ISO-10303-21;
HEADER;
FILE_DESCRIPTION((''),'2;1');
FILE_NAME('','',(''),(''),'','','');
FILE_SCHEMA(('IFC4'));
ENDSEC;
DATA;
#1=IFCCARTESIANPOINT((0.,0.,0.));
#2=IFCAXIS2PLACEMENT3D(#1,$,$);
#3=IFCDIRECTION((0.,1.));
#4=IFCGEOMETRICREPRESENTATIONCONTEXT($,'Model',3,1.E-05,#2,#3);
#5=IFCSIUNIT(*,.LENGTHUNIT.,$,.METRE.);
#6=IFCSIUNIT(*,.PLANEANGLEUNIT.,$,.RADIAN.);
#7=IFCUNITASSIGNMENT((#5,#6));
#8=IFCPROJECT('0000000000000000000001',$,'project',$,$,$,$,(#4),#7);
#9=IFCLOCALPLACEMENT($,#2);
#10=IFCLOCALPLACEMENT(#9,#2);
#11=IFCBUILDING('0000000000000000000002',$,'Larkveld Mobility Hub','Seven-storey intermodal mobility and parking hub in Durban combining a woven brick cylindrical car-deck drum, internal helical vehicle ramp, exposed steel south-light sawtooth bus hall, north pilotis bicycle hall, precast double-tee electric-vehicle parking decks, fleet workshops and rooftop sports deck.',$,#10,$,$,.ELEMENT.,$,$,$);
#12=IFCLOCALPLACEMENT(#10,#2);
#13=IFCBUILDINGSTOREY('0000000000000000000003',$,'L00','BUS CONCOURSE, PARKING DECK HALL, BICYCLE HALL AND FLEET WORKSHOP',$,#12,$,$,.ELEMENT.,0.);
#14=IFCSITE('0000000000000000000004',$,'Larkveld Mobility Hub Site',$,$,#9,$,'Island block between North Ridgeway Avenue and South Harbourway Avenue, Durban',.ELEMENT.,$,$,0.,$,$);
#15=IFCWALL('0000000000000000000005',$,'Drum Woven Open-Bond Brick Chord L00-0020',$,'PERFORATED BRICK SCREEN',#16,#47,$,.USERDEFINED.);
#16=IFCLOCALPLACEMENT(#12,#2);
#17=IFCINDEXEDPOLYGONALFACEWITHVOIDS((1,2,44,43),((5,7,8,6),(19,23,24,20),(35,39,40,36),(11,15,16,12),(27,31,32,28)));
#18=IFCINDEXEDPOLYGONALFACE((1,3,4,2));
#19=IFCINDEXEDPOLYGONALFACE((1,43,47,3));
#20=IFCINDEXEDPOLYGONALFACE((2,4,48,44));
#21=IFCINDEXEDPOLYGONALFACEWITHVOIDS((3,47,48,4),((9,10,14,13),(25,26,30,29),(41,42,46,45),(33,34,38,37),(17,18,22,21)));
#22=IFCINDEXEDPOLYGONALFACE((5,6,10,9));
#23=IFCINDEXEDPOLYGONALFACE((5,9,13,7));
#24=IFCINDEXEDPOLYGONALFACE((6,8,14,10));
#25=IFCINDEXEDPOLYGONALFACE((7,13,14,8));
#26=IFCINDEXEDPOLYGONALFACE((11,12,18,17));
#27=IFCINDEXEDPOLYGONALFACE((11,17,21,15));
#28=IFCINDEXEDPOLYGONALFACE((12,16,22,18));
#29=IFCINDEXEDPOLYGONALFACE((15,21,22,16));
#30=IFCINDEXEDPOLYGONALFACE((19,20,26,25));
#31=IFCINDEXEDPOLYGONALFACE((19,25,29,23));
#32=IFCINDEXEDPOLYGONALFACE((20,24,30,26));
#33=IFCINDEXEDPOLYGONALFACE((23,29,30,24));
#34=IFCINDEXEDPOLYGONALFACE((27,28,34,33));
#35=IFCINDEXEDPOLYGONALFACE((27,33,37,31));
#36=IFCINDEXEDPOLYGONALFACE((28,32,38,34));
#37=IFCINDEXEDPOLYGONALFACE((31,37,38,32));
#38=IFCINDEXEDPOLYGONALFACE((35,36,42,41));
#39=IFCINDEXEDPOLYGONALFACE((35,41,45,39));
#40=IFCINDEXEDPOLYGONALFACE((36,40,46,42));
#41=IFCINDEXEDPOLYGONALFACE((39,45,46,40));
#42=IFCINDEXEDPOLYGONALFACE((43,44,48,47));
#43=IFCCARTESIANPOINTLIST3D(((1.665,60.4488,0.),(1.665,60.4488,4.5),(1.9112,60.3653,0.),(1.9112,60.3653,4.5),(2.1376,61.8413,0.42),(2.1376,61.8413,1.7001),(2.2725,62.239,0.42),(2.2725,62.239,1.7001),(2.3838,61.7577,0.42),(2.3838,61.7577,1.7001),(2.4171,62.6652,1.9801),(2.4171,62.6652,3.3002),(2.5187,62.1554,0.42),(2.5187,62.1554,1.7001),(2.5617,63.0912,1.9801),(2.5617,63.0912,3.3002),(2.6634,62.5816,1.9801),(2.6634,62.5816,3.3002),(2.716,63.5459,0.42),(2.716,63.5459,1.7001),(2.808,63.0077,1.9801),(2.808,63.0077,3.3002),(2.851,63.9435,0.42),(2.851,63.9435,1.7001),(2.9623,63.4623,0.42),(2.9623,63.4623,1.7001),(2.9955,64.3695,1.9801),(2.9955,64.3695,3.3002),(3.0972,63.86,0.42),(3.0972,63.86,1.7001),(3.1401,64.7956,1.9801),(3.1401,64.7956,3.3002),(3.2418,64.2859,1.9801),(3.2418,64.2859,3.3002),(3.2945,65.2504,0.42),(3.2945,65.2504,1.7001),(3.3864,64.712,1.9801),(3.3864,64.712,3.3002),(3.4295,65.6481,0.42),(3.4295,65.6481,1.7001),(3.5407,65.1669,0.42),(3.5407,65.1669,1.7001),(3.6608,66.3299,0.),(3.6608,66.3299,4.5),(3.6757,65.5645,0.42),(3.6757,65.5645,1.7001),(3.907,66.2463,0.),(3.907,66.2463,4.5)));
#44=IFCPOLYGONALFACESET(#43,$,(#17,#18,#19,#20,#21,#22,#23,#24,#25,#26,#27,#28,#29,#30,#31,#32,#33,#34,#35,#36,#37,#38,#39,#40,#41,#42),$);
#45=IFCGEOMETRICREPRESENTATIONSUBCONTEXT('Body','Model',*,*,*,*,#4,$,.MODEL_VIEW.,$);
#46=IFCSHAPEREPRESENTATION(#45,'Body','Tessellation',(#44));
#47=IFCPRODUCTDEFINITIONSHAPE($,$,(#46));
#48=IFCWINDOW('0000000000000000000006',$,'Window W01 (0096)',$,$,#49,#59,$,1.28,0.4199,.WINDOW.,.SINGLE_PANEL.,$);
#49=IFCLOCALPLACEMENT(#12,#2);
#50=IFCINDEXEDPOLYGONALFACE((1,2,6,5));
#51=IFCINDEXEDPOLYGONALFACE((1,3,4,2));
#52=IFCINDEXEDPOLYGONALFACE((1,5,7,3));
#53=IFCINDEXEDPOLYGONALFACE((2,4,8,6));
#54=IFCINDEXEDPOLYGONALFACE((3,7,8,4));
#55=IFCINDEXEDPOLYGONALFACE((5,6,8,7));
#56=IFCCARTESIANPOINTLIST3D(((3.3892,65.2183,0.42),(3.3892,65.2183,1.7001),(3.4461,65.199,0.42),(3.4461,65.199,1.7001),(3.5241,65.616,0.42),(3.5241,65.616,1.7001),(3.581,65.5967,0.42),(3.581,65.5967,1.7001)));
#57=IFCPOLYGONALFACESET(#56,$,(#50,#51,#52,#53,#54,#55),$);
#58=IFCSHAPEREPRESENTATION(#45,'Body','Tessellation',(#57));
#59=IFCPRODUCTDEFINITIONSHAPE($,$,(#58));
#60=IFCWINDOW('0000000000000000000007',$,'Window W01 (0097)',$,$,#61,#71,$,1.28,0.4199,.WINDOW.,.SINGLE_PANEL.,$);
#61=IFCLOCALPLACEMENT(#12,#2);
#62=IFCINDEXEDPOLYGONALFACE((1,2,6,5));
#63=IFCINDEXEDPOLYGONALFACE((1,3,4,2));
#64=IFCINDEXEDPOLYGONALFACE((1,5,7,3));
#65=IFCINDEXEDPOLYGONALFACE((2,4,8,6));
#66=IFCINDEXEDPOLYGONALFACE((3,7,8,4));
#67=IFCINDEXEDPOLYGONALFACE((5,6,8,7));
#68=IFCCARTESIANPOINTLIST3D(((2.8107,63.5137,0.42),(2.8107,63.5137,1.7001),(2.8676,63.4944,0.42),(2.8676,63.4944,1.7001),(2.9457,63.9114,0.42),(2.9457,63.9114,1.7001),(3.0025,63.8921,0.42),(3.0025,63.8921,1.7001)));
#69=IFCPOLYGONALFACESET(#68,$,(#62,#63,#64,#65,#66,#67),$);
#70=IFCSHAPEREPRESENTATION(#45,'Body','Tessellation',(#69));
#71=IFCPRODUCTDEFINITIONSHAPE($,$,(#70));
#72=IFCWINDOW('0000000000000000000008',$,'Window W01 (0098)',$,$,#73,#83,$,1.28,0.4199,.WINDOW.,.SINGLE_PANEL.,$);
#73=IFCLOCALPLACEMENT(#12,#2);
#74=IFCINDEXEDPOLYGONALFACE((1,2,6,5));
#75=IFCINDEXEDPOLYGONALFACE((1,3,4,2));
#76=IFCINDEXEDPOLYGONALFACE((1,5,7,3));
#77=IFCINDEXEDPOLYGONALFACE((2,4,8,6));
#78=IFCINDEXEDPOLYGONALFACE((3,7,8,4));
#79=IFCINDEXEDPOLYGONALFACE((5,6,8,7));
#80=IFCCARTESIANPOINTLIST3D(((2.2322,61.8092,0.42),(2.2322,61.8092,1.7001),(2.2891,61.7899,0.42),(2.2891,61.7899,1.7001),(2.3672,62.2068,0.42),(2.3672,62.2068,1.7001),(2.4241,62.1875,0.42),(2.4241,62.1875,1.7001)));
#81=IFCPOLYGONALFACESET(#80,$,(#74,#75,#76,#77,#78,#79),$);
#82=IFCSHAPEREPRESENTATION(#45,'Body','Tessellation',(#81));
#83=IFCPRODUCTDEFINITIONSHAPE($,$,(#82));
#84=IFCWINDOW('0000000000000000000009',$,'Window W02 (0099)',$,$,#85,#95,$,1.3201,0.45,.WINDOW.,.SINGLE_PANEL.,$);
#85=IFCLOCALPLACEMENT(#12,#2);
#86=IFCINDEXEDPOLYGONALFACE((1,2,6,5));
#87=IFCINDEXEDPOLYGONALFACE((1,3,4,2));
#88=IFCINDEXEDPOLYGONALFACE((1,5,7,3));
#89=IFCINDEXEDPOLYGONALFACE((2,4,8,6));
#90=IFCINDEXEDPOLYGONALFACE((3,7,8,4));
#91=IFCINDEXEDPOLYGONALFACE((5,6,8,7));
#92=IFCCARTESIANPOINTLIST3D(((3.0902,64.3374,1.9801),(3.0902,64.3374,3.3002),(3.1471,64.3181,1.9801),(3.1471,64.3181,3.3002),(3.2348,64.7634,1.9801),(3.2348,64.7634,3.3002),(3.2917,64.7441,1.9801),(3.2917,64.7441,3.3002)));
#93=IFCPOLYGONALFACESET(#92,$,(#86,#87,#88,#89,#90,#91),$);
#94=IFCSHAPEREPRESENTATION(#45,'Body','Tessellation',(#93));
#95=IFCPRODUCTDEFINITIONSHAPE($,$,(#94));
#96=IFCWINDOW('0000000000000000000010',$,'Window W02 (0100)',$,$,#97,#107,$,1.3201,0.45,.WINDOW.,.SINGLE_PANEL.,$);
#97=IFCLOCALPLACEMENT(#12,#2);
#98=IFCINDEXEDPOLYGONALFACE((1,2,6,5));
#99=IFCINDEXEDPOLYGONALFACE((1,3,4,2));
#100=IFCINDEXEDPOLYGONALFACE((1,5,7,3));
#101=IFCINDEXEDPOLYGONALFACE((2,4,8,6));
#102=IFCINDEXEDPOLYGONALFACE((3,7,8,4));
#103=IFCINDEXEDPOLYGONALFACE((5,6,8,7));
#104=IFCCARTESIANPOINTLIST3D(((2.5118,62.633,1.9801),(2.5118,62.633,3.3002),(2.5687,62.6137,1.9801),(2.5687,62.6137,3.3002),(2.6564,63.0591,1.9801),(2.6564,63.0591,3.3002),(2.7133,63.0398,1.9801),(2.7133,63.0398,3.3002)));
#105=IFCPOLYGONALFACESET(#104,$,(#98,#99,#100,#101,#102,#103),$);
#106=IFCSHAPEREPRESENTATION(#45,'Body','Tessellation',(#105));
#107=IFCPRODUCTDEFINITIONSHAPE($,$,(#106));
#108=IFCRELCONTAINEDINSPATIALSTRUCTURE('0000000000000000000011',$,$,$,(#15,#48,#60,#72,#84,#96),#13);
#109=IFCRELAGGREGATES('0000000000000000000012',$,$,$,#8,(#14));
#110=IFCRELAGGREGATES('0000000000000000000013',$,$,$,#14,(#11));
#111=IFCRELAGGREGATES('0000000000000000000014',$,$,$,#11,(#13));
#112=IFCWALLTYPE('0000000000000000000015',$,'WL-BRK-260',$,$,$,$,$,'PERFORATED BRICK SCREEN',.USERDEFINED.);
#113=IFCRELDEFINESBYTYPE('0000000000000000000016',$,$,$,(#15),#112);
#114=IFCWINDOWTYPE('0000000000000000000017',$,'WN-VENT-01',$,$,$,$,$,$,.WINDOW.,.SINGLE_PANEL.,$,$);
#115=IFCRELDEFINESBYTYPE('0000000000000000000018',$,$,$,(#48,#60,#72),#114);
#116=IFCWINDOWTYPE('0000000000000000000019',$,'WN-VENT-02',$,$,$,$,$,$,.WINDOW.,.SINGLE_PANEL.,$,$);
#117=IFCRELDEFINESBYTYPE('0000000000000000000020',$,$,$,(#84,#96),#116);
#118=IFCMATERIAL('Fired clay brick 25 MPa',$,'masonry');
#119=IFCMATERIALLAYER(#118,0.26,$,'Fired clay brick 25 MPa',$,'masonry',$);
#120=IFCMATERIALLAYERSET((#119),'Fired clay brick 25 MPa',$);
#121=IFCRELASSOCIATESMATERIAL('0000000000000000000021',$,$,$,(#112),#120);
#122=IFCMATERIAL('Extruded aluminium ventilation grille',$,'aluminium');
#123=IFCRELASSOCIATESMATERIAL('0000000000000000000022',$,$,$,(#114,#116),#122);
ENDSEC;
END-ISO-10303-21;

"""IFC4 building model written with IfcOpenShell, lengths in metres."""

from ifc_helpers import new_model, si_unit, direction, frame, frame_2d, origin, place, context, subcontext, project, spatial, rectangle, extrude, material, layer, layer_set, type_object, element, fill, save


model = new_model("IFC4")

# Units and contexts
model_context = context("Model", 3, precision=1e-05, world=origin(), true_north=direction((0.0, 1.0)))
body_context = subcontext(model_context, "Body", "Model", "MODEL_VIEW")
ifc_project = project(units=[si_unit("LENGTHUNIT", "METRE"), si_unit("PLANEANGLEUNIT", "RADIAN")], contexts=[model_context])

# Site, building, storey
site_placement = place(None, origin())
site = spatial("IfcSite", under=ifc_project, at=site_placement, Name="Larkveld Mobility Hub Site", LongName="Island block between North Ridgeway Avenue and South Harbourway Avenue, Durban", CompositionType="ELEMENT", RefElevation=0.0)
building_placement = place(site_placement, origin())
building = spatial("IfcBuilding", under=site, at=building_placement, Name="Larkveld Mobility Hub", Description="Seven-storey intermodal mobility and parking hub in Durban combining a woven brick cylindrical car-deck drum, internal helical vehicle ramp, exposed steel south-light sawtooth bus hall, north pilotis bicycle hall, precast double-tee electric-vehicle parking decks, fleet workshops and rooftop sports deck.", CompositionType="ELEMENT")
storey_placement = place(building_placement, origin())
storey = spatial("IfcBuildingStorey", under=building, at=storey_placement, Name="L00", Description="BUS CONCOURSE, PARKING DECK HALL, BICYCLE HALL AND FLEET WORKSHOP", CompositionType="ELEMENT", Elevation=0.0)

# Wall, openings, windows
ifc_material_1 = material(Name="Fired clay brick 25 MPa", Category="masonry")
ifc_layer = layer(ifc_material_1, 0.26, Name="Fired clay brick 25 MPa", Category="masonry")
ifc_layer_set = layer_set([ifc_layer], Name="Fired clay brick 25 MPa")
wall_type = type_object("IfcWallType", Name="WL-BRK-260", ElementType="PERFORATED BRICK SCREEN", PredefinedType="USERDEFINED", material=ifc_layer_set)
wall_placement = place(storey_placement, frame((3.7839, 66.2881, 0.0), z_axis=(0.0, 0.0, 1.0), x_axis=(-0.321365, -0.946955, 0.0)))
wall = element("IfcWall", 1, at=wall_placement, inside=storey, type_object=wall_type, Name="Drum Woven Open-Bond Brick Chord L00-0020", ObjectType="PERFORATED BRICK SCREEN", PredefinedType="USERDEFINED", context=body_context, shape_type="SweptSolid", body=[
    extrude(rectangle(XDim=6.2104, YDim=0.26, at=frame_2d((3.1052, 0.0))), origin(), (0.0, 0.0, 1.0), 4.5),
])
opening_1_placement = place(wall_placement, frame((0.72, 0.0, 0.4199)))
opening_1 = element("IfcOpeningElement", 2, at=opening_1_placement, cuts=wall, PredefinedType="OPENING", context=body_context, shape_type="SweptSolid", body=[
    extrude(rectangle(XDim=0.4199, YDim=1.28, at=frame_2d((0.21, 0.6401))), frame((0.0, 0.1401, 0.0), z_axis=(0.0, -1.0, 0.0), x_axis=(1.0, 0.0, 0.0)), (0.0, 0.0, 1.0), 0.28),
])
opening_2_placement = place(wall_placement, frame((2.52, 0.0, 0.4199)))
opening_2 = element("IfcOpeningElement", 3, at=opening_2_placement, cuts=wall, PredefinedType="OPENING", context=body_context, shape_type="SweptSolid", body=[
    extrude(rectangle(XDim=0.4199, YDim=1.28, at=frame_2d((0.21, 0.6401))), frame((0.0, 0.1401, 0.0), z_axis=(0.0, -1.0, 0.0), x_axis=(1.0, 0.0, 0.0)), (0.0, 0.0, 1.0), 0.28),
])
opening_3_placement = place(wall_placement, frame((4.3201, 0.0, 0.4199)))
opening_3 = element("IfcOpeningElement", 4, at=opening_3_placement, cuts=wall, PredefinedType="OPENING", context=body_context, shape_type="SweptSolid", body=[
    extrude(rectangle(XDim=0.4199, YDim=1.28, at=frame_2d((0.21, 0.6401))), frame((0.0, 0.1401, 0.0), z_axis=(0.0, -1.0, 0.0), x_axis=(1.0, 0.0, 0.0)), (0.0, 0.0, 1.0), 0.28),
])
opening_4_placement = place(wall_placement, frame((1.6201, 0.0, 1.98)))
opening_4 = element("IfcOpeningElement", 5, at=opening_4_placement, cuts=wall, PredefinedType="OPENING", context=body_context, shape_type="SweptSolid", body=[
    extrude(rectangle(XDim=0.45, YDim=1.3201, at=frame_2d((0.2251, 0.6602))), frame((0.0, 0.1401, 0.0), z_axis=(0.0, -1.0, 0.0), x_axis=(1.0, 0.0, 0.0)), (0.0, 0.0, 1.0), 0.28),
])
opening_5_placement = place(wall_placement, frame((3.4199, 0.0, 1.98)))
opening_5 = element("IfcOpeningElement", 6, at=opening_5_placement, cuts=wall, PredefinedType="OPENING", context=body_context, shape_type="SweptSolid", body=[
    extrude(rectangle(XDim=0.45, YDim=1.3201, at=frame_2d((0.2251, 0.6602))), frame((0.0, 0.1401, 0.0), z_axis=(0.0, -1.0, 0.0), x_axis=(1.0, 0.0, 0.0)), (0.0, 0.0, 1.0), 0.28),
])
ifc_material_2 = material(Name="Extruded aluminium ventilation grille", Category="aluminium")
window_type_1 = type_object("IfcWindowType", Name="WN-VENT-01", PartitioningType="SINGLE_PANEL", PredefinedType="WINDOW", material=ifc_material_2)
window_1_placement = place(opening_1_placement, origin())
window_1 = element("IfcWindow", 7, at=window_1_placement, inside=storey, type_object=window_type_1, Name="Window W01 (0096)", OverallHeight=1.28, OverallWidth=0.4199, PartitioningType="SINGLE_PANEL", PredefinedType="WINDOW", context=body_context, shape_type="SweptSolid", body=[
    extrude(rectangle(XDim=0.4199, YDim=1.28, at=frame_2d((0.21, 0.6401))), frame((0.0, 0.03, 0.0), z_axis=(0.0, -1.0, 0.0), x_axis=(1.0, 0.0, 0.0)), (0.0, 0.0, 1.0), 0.0601),
])
fill(opening_1, window_1)
window_2_placement = place(opening_2_placement, origin())
window_2 = element("IfcWindow", 8, at=window_2_placement, inside=storey, type_object=window_type_1, Name="Window W01 (0097)", OverallHeight=1.28, OverallWidth=0.4199, PartitioningType="SINGLE_PANEL", PredefinedType="WINDOW", context=body_context, shape_type="SweptSolid", body=[
    extrude(rectangle(XDim=0.4199, YDim=1.28, at=frame_2d((0.21, 0.6401))), frame((0.0, 0.03, 0.0), z_axis=(0.0, -1.0, 0.0), x_axis=(1.0, 0.0, 0.0)), (0.0, 0.0, 1.0), 0.0601),
])
fill(opening_2, window_2)
window_3_placement = place(opening_3_placement, origin())
window_3 = element("IfcWindow", 9, at=window_3_placement, inside=storey, type_object=window_type_1, Name="Window W01 (0098)", OverallHeight=1.28, OverallWidth=0.4199, PartitioningType="SINGLE_PANEL", PredefinedType="WINDOW", context=body_context, shape_type="SweptSolid", body=[
    extrude(rectangle(XDim=0.4199, YDim=1.28, at=frame_2d((0.21, 0.6401))), frame((0.0, 0.03, 0.0), z_axis=(0.0, -1.0, 0.0), x_axis=(1.0, 0.0, 0.0)), (0.0, 0.0, 1.0), 0.0601),
])
fill(opening_3, window_3)
window_type_2 = type_object("IfcWindowType", Name="WN-VENT-02", PartitioningType="SINGLE_PANEL", PredefinedType="WINDOW", material=ifc_material_2)
window_4_placement = place(opening_4_placement, origin())
window_4 = element("IfcWindow", 10, at=window_4_placement, inside=storey, type_object=window_type_2, Name="Window W02 (0099)", OverallHeight=1.3201, OverallWidth=0.45, PartitioningType="SINGLE_PANEL", PredefinedType="WINDOW", context=body_context, shape_type="SweptSolid", body=[
    extrude(rectangle(XDim=0.45, YDim=1.3201, at=frame_2d((0.2251, 0.6602))), frame((0.0, 0.03, 0.0), z_axis=(0.0, -1.0, 0.0), x_axis=(1.0, 0.0, 0.0)), (0.0, 0.0, 1.0), 0.0601),
])
fill(opening_4, window_4)
window_5_placement = place(opening_5_placement, origin())
window_5 = element("IfcWindow", 11, at=window_5_placement, inside=storey, type_object=window_type_2, Name="Window W02 (0100)", OverallHeight=1.3201, OverallWidth=0.45, PartitioningType="SINGLE_PANEL", PredefinedType="WINDOW", context=body_context, shape_type="SweptSolid", body=[
    extrude(rectangle(XDim=0.45, YDim=1.3201, at=frame_2d((0.2251, 0.6602))), frame((0.0, 0.03, 0.0), z_axis=(0.0, -1.0, 0.0), x_axis=(1.0, 0.0, 0.0)), (0.0, 0.0, 1.0), 0.0601),
])
fill(opening_5, window_5)

save(model, "model.ifc")
